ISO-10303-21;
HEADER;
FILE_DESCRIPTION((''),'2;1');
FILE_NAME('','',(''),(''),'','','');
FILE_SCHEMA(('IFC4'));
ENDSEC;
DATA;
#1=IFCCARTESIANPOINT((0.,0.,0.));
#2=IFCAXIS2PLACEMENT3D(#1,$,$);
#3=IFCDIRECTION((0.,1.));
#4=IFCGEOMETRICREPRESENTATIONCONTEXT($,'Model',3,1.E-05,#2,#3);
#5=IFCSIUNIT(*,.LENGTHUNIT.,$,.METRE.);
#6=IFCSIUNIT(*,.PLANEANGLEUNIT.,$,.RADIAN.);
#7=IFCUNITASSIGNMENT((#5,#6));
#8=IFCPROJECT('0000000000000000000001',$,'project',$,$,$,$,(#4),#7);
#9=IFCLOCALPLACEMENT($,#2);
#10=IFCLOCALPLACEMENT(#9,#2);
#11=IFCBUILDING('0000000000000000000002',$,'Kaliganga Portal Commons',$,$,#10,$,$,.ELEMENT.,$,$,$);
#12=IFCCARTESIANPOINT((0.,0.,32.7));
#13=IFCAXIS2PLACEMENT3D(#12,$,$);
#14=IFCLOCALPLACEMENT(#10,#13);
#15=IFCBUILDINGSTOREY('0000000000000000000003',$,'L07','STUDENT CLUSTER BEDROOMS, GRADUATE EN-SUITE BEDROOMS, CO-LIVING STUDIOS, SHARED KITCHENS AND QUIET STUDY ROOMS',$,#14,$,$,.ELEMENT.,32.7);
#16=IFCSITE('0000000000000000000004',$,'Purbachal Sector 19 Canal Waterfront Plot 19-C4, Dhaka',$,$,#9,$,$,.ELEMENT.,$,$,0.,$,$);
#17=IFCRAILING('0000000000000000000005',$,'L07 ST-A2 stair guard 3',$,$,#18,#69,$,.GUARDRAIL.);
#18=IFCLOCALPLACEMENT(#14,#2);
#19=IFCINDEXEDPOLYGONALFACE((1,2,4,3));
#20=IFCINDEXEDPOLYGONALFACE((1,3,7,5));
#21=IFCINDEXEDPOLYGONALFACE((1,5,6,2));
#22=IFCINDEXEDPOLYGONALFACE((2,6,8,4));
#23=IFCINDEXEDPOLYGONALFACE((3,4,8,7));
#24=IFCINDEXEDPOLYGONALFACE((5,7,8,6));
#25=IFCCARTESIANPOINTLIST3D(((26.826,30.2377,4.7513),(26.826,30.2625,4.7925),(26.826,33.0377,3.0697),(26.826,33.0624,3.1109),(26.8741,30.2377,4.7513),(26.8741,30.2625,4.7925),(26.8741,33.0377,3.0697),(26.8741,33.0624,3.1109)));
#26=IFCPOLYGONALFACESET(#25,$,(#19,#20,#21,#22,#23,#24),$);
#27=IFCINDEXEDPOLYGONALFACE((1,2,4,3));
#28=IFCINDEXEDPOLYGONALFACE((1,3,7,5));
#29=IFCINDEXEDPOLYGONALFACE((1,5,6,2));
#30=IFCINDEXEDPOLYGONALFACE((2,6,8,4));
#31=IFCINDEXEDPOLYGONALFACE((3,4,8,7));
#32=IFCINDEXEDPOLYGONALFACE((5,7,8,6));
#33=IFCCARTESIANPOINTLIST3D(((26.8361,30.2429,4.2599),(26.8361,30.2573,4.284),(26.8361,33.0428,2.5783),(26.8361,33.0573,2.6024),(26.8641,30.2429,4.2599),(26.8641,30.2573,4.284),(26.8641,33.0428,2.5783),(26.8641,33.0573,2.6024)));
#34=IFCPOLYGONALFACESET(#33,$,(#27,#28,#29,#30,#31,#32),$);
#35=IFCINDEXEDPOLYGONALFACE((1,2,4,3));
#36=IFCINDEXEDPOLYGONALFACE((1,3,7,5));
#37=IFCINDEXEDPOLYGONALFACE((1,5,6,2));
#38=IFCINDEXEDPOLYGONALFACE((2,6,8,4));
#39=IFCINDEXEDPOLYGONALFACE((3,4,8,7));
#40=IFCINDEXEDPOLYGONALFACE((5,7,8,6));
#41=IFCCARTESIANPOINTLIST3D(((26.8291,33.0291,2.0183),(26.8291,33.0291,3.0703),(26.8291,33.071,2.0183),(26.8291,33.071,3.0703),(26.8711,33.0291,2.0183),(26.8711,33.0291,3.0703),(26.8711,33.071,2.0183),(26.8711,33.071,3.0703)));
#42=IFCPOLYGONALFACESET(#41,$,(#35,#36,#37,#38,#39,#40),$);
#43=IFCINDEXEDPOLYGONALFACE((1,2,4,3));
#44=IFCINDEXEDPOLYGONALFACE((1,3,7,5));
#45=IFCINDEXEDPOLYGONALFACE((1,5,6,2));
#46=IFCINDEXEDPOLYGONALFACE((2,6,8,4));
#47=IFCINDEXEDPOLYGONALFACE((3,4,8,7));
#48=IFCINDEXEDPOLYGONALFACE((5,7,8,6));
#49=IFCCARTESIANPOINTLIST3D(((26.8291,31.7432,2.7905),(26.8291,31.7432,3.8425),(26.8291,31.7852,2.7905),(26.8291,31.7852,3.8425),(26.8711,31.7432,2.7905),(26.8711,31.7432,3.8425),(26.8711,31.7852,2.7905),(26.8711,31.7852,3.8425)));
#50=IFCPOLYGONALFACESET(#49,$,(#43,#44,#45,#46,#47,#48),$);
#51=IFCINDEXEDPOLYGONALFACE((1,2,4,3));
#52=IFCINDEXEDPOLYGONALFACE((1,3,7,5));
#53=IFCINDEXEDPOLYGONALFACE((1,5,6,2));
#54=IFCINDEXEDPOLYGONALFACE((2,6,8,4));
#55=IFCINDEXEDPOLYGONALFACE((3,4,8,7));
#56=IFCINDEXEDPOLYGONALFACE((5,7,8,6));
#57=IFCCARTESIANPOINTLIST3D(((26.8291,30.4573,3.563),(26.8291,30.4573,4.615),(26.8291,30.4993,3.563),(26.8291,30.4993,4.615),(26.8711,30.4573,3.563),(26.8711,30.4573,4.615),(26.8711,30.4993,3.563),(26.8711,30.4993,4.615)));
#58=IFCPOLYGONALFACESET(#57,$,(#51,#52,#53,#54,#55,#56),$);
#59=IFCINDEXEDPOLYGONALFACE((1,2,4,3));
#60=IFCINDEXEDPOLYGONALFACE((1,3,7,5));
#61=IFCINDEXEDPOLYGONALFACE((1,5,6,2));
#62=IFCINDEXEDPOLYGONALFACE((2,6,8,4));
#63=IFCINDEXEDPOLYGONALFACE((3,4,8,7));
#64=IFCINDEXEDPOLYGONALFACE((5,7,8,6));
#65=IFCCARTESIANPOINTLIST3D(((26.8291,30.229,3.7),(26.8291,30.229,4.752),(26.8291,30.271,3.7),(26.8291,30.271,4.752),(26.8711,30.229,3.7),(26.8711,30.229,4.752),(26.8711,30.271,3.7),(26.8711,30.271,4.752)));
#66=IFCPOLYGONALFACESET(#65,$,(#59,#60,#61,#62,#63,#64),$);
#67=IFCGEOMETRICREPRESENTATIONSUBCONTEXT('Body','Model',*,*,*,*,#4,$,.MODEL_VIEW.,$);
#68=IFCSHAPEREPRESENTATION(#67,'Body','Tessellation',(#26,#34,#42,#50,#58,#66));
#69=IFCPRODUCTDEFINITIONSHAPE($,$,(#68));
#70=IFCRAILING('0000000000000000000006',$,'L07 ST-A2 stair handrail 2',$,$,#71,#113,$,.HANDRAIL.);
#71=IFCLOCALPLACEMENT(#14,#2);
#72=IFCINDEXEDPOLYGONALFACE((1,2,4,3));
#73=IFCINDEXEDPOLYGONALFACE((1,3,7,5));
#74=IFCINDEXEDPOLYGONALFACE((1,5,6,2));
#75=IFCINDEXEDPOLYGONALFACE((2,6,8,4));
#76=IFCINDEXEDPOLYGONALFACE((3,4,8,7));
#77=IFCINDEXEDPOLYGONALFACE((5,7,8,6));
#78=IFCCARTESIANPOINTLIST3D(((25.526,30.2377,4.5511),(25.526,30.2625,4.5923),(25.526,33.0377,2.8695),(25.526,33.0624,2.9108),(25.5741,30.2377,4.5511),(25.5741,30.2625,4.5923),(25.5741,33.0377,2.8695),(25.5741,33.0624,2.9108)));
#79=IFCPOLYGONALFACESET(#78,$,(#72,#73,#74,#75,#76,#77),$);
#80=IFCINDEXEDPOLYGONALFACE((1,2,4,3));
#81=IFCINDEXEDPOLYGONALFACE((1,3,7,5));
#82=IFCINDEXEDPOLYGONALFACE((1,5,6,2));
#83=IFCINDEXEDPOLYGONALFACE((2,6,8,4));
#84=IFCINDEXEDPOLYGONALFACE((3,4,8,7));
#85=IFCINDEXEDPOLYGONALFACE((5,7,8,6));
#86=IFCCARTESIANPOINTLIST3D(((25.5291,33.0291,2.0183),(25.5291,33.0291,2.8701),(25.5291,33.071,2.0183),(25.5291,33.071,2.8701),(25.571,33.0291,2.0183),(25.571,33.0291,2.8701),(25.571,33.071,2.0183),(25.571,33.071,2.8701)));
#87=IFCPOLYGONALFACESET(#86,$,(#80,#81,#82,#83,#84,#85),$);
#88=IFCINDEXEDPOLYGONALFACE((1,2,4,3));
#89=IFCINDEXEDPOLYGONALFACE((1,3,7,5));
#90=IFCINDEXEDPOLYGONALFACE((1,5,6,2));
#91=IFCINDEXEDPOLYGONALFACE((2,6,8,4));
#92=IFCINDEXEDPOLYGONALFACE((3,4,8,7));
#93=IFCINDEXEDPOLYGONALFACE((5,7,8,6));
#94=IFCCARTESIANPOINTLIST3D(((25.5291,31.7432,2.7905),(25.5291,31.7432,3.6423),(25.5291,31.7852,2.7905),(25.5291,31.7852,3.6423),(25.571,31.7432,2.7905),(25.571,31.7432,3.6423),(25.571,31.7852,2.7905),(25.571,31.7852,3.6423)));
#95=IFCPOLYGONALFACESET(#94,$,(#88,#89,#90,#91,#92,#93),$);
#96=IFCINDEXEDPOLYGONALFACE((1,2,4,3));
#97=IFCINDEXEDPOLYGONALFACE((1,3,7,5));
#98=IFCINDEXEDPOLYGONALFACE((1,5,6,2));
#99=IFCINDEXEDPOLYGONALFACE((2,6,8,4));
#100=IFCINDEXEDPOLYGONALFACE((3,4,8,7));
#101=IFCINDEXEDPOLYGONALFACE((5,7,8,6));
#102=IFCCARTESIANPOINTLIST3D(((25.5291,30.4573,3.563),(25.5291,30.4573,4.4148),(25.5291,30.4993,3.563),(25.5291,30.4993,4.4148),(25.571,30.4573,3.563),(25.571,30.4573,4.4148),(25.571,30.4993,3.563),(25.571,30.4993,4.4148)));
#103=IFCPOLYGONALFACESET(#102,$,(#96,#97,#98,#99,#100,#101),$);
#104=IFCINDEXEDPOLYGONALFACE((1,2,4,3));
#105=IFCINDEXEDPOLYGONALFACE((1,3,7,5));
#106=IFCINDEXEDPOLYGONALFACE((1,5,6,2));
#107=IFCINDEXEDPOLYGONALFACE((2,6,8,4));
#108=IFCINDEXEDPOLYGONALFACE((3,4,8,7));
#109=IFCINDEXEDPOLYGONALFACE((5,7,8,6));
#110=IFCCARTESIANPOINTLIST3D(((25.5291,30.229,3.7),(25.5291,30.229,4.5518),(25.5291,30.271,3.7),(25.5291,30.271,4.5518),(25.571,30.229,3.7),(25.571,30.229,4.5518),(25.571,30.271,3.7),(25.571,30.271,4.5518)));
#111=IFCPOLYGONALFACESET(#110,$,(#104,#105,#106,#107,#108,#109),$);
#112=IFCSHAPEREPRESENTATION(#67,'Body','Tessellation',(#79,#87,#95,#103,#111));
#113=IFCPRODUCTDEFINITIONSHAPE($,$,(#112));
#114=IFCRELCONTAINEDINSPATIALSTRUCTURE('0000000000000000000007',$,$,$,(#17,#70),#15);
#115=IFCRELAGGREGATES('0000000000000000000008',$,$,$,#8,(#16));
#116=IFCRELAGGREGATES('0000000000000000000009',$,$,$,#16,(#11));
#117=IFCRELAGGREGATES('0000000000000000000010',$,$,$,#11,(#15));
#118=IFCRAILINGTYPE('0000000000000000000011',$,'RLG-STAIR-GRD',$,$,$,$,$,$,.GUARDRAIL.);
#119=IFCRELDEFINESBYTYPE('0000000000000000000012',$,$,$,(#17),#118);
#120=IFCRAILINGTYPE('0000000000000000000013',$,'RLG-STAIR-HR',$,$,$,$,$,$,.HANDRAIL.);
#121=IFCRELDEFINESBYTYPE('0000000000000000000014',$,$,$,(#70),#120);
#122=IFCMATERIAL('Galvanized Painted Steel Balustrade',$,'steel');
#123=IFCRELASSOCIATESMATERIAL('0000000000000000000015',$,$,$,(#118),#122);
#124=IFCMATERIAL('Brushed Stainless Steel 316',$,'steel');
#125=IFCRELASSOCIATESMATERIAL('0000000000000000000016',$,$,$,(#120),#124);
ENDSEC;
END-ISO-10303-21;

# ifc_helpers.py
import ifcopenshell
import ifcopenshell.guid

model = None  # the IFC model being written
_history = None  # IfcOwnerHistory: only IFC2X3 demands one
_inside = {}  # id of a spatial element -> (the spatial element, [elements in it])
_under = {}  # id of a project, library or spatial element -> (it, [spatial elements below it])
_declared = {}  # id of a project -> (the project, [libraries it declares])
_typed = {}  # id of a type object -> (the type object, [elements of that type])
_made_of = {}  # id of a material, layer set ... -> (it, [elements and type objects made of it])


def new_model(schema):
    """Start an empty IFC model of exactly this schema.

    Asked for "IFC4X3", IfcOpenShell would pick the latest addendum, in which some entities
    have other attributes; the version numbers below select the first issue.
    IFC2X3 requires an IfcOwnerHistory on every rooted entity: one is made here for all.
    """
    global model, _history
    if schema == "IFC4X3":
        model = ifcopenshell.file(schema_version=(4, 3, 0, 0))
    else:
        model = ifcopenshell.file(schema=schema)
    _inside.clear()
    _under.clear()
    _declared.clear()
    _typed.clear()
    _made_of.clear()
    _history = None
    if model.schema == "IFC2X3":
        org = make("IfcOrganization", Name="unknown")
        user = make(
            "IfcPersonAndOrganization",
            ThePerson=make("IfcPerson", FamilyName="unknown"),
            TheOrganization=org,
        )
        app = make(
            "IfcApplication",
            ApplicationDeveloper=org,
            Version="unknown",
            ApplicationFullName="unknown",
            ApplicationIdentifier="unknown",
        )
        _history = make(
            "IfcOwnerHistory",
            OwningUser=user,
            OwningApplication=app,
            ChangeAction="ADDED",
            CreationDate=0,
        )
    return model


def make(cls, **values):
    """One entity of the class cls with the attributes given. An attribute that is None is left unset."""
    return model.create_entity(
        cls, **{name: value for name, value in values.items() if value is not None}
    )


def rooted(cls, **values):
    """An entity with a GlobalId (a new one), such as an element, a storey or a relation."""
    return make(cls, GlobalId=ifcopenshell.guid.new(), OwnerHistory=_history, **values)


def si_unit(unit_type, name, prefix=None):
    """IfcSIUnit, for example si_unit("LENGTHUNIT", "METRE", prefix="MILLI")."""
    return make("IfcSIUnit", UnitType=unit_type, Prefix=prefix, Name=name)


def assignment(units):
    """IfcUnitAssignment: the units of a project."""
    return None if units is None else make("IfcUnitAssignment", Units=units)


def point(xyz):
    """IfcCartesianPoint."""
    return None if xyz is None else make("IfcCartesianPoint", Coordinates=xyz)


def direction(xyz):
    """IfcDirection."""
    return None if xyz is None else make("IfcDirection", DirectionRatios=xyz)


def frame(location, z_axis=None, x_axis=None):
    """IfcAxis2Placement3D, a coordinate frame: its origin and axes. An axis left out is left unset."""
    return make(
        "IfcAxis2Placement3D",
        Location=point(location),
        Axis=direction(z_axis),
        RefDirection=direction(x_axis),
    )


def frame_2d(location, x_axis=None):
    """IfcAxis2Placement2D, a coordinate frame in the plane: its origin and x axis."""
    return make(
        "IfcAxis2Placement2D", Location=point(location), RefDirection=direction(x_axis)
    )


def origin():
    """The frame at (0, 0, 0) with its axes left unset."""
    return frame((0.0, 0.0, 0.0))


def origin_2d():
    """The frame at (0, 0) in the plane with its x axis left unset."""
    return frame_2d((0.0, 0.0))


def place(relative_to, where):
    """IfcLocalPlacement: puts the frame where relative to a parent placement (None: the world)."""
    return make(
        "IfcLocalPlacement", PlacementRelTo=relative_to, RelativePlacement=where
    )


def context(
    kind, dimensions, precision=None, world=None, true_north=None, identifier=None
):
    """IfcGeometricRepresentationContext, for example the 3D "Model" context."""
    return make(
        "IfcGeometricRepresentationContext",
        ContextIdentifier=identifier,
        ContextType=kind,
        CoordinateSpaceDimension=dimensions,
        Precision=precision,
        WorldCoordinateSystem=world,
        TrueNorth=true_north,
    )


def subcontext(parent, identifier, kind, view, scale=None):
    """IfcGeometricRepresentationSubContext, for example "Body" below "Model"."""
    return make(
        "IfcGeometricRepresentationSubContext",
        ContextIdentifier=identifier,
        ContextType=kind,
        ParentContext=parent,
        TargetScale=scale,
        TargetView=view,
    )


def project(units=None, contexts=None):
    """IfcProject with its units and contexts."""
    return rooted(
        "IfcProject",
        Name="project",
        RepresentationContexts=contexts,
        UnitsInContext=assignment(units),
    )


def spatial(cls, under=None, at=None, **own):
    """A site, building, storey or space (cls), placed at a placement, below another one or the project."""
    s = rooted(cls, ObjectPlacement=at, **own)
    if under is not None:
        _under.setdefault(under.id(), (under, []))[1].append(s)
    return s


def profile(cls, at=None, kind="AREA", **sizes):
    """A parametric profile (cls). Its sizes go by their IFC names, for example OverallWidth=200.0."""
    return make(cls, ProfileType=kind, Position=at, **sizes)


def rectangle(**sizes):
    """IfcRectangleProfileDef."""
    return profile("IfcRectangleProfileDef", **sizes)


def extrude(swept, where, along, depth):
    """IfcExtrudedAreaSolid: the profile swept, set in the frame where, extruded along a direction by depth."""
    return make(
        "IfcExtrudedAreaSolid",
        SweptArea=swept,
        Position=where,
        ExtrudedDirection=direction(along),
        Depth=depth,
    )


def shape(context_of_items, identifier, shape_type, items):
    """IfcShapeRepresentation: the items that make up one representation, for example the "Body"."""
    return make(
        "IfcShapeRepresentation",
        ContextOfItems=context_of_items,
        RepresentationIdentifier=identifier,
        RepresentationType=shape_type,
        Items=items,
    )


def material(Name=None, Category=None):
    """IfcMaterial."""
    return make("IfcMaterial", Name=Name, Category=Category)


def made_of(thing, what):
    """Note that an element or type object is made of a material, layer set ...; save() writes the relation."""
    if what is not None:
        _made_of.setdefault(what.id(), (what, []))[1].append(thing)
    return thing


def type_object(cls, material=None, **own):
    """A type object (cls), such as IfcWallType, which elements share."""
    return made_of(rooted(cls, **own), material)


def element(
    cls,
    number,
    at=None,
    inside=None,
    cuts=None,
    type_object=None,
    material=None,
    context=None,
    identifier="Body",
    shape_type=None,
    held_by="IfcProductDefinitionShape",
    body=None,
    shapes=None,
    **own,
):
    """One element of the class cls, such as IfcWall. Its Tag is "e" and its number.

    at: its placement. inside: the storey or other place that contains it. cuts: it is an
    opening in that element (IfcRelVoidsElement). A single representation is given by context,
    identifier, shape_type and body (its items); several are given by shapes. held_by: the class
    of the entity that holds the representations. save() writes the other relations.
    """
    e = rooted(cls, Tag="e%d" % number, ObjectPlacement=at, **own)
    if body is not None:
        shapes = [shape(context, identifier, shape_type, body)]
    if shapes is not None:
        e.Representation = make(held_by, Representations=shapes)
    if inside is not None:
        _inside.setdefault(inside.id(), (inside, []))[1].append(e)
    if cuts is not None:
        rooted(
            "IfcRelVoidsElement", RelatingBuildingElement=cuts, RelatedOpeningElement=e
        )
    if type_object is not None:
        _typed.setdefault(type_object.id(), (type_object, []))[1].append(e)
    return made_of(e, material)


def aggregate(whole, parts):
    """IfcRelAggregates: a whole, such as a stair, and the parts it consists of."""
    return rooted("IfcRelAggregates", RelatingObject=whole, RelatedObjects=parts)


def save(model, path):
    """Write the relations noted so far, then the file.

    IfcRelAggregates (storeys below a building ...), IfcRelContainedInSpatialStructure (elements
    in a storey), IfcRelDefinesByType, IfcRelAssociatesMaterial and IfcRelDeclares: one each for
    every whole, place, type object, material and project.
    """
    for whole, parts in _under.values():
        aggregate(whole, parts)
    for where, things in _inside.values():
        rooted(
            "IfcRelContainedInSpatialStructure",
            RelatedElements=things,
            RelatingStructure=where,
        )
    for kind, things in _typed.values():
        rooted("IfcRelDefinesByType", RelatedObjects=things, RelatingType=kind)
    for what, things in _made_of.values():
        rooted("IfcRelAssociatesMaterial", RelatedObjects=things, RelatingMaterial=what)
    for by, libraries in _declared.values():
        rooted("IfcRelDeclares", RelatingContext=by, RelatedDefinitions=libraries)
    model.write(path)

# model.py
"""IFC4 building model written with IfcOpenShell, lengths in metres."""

from ifc_helpers import new_model, si_unit, direction, frame, origin, origin_2d, place, context, subcontext, project, spatial, rectangle, extrude, material, type_object, element, save


model = new_model("IFC4")

# Units and contexts
model_context = context("Model", 3, precision=1e-05, world=origin(), true_north=direction((0.0, 1.0)))
body_context = subcontext(model_context, "Body", "Model", "MODEL_VIEW")
ifc_project = project(units=[si_unit("LENGTHUNIT", "METRE"), si_unit("PLANEANGLEUNIT", "RADIAN")], contexts=[model_context])

# Site, building, storey
site_placement = place(None, origin())
site = spatial("IfcSite", under=ifc_project, at=site_placement, Name="Purbachal Sector 19 Canal Waterfront Plot 19-C4, Dhaka", CompositionType="ELEMENT", RefElevation=0.0)
building_placement = place(site_placement, origin())
building = spatial("IfcBuilding", under=site, at=building_placement, Name="Kaliganga Portal Commons", CompositionType="ELEMENT")
storey_placement = place(building_placement, frame((0.0, 0.0, 32.7)))
storey = spatial("IfcBuildingStorey", under=building, at=storey_placement, Name="L07", Description="STUDENT CLUSTER BEDROOMS, GRADUATE EN-SUITE BEDROOMS, CO-LIVING STUDIOS, SHARED KITCHENS AND QUIET STUDY ROOMS", CompositionType="ELEMENT", Elevation=32.7)

# Railings
ifc_material_1 = material(Name="Galvanized Painted Steel Balustrade", Category="steel")
railing_type_1 = type_object("IfcRailingType", Name="RLG-STAIR-GRD", PredefinedType="GUARDRAIL", material=ifc_material_1)
railing_1_placement = place(storey_placement, frame((26.8501, 33.05, 2.0183)))
element("IfcRailing", 1, at=railing_1_placement, inside=storey, type_object=railing_type_1, Name="L07 ST-A2 stair guard 3", PredefinedType="GUARDRAIL", context=body_context, shape_type="SweptSolid", body=[
    extrude(rectangle(XDim=0.0481, YDim=0.0481, at=origin_2d()), frame((0.0, 0.0, 1.072), z_axis=(0.0, -0.857275, 0.514858), x_axis=(1.0, 0.0, 0.0)), (0.0, 0.0, 1.0), 3.2661),
    extrude(rectangle(XDim=0.0281, YDim=0.0281, at=origin_2d()), frame((0.0, 0.0, 0.572), z_axis=(0.0, -0.857275, 0.514858), x_axis=(1.0, 0.0, 0.0)), (0.0, 0.0, 1.0), 3.2661),
    extrude(rectangle(XDim=0.042, YDim=0.042, at=origin_2d()), origin(), (0.0, 0.0, 1.0), 1.052),
    extrude(rectangle(XDim=0.042, YDim=0.042, at=origin_2d()), frame((0.0, -1.2859, 0.7722)), (0.0, 0.0, 1.0), 1.052),
    extrude(rectangle(XDim=0.042, YDim=0.042, at=origin_2d()), frame((0.0, -2.5718, 1.5447)), (0.0, 0.0, 1.0), 1.052),
    extrude(rectangle(XDim=0.042, YDim=0.042, at=origin_2d()), frame((0.0, -2.8, 1.6816)), (0.0, 0.0, 1.0), 1.052),
])
ifc_material_2 = material(Name="Brushed Stainless Steel 316", Category="steel")
railing_type_2 = type_object("IfcRailingType", Name="RLG-STAIR-HR", PredefinedType="HANDRAIL", material=ifc_material_2)
railing_2_placement = place(storey_placement, frame((25.55, 33.05, 2.0183)))
element("IfcRailing", 2, at=railing_2_placement, inside=storey, type_object=railing_type_2, Name="L07 ST-A2 stair handrail 2", PredefinedType="HANDRAIL", context=body_context, shape_type="SweptSolid", body=[
    extrude(rectangle(XDim=0.0481, YDim=0.0481, at=origin_2d()), frame((0.0, 0.0, 0.8718), z_axis=(0.0, -0.857275, 0.514858), x_axis=(1.0, 0.0, 0.0)), (0.0, 0.0, 1.0), 3.2661),
    extrude(rectangle(XDim=0.042, YDim=0.042, at=origin_2d()), origin(), (0.0, 0.0, 1.0), 0.8518),
    extrude(rectangle(XDim=0.042, YDim=0.042, at=origin_2d()), frame((0.0, -1.2859, 0.7722)), (0.0, 0.0, 1.0), 0.8518),
    extrude(rectangle(XDim=0.042, YDim=0.042, at=origin_2d()), frame((0.0, -2.5718, 1.5447)), (0.0, 0.0, 1.0), 0.8518),
    extrude(rectangle(XDim=0.042, YDim=0.042, at=origin_2d()), frame((0.0, -2.8, 1.6816)), (0.0, 0.0, 1.0), 0.8518),
])

save(model, "model.ifc")
